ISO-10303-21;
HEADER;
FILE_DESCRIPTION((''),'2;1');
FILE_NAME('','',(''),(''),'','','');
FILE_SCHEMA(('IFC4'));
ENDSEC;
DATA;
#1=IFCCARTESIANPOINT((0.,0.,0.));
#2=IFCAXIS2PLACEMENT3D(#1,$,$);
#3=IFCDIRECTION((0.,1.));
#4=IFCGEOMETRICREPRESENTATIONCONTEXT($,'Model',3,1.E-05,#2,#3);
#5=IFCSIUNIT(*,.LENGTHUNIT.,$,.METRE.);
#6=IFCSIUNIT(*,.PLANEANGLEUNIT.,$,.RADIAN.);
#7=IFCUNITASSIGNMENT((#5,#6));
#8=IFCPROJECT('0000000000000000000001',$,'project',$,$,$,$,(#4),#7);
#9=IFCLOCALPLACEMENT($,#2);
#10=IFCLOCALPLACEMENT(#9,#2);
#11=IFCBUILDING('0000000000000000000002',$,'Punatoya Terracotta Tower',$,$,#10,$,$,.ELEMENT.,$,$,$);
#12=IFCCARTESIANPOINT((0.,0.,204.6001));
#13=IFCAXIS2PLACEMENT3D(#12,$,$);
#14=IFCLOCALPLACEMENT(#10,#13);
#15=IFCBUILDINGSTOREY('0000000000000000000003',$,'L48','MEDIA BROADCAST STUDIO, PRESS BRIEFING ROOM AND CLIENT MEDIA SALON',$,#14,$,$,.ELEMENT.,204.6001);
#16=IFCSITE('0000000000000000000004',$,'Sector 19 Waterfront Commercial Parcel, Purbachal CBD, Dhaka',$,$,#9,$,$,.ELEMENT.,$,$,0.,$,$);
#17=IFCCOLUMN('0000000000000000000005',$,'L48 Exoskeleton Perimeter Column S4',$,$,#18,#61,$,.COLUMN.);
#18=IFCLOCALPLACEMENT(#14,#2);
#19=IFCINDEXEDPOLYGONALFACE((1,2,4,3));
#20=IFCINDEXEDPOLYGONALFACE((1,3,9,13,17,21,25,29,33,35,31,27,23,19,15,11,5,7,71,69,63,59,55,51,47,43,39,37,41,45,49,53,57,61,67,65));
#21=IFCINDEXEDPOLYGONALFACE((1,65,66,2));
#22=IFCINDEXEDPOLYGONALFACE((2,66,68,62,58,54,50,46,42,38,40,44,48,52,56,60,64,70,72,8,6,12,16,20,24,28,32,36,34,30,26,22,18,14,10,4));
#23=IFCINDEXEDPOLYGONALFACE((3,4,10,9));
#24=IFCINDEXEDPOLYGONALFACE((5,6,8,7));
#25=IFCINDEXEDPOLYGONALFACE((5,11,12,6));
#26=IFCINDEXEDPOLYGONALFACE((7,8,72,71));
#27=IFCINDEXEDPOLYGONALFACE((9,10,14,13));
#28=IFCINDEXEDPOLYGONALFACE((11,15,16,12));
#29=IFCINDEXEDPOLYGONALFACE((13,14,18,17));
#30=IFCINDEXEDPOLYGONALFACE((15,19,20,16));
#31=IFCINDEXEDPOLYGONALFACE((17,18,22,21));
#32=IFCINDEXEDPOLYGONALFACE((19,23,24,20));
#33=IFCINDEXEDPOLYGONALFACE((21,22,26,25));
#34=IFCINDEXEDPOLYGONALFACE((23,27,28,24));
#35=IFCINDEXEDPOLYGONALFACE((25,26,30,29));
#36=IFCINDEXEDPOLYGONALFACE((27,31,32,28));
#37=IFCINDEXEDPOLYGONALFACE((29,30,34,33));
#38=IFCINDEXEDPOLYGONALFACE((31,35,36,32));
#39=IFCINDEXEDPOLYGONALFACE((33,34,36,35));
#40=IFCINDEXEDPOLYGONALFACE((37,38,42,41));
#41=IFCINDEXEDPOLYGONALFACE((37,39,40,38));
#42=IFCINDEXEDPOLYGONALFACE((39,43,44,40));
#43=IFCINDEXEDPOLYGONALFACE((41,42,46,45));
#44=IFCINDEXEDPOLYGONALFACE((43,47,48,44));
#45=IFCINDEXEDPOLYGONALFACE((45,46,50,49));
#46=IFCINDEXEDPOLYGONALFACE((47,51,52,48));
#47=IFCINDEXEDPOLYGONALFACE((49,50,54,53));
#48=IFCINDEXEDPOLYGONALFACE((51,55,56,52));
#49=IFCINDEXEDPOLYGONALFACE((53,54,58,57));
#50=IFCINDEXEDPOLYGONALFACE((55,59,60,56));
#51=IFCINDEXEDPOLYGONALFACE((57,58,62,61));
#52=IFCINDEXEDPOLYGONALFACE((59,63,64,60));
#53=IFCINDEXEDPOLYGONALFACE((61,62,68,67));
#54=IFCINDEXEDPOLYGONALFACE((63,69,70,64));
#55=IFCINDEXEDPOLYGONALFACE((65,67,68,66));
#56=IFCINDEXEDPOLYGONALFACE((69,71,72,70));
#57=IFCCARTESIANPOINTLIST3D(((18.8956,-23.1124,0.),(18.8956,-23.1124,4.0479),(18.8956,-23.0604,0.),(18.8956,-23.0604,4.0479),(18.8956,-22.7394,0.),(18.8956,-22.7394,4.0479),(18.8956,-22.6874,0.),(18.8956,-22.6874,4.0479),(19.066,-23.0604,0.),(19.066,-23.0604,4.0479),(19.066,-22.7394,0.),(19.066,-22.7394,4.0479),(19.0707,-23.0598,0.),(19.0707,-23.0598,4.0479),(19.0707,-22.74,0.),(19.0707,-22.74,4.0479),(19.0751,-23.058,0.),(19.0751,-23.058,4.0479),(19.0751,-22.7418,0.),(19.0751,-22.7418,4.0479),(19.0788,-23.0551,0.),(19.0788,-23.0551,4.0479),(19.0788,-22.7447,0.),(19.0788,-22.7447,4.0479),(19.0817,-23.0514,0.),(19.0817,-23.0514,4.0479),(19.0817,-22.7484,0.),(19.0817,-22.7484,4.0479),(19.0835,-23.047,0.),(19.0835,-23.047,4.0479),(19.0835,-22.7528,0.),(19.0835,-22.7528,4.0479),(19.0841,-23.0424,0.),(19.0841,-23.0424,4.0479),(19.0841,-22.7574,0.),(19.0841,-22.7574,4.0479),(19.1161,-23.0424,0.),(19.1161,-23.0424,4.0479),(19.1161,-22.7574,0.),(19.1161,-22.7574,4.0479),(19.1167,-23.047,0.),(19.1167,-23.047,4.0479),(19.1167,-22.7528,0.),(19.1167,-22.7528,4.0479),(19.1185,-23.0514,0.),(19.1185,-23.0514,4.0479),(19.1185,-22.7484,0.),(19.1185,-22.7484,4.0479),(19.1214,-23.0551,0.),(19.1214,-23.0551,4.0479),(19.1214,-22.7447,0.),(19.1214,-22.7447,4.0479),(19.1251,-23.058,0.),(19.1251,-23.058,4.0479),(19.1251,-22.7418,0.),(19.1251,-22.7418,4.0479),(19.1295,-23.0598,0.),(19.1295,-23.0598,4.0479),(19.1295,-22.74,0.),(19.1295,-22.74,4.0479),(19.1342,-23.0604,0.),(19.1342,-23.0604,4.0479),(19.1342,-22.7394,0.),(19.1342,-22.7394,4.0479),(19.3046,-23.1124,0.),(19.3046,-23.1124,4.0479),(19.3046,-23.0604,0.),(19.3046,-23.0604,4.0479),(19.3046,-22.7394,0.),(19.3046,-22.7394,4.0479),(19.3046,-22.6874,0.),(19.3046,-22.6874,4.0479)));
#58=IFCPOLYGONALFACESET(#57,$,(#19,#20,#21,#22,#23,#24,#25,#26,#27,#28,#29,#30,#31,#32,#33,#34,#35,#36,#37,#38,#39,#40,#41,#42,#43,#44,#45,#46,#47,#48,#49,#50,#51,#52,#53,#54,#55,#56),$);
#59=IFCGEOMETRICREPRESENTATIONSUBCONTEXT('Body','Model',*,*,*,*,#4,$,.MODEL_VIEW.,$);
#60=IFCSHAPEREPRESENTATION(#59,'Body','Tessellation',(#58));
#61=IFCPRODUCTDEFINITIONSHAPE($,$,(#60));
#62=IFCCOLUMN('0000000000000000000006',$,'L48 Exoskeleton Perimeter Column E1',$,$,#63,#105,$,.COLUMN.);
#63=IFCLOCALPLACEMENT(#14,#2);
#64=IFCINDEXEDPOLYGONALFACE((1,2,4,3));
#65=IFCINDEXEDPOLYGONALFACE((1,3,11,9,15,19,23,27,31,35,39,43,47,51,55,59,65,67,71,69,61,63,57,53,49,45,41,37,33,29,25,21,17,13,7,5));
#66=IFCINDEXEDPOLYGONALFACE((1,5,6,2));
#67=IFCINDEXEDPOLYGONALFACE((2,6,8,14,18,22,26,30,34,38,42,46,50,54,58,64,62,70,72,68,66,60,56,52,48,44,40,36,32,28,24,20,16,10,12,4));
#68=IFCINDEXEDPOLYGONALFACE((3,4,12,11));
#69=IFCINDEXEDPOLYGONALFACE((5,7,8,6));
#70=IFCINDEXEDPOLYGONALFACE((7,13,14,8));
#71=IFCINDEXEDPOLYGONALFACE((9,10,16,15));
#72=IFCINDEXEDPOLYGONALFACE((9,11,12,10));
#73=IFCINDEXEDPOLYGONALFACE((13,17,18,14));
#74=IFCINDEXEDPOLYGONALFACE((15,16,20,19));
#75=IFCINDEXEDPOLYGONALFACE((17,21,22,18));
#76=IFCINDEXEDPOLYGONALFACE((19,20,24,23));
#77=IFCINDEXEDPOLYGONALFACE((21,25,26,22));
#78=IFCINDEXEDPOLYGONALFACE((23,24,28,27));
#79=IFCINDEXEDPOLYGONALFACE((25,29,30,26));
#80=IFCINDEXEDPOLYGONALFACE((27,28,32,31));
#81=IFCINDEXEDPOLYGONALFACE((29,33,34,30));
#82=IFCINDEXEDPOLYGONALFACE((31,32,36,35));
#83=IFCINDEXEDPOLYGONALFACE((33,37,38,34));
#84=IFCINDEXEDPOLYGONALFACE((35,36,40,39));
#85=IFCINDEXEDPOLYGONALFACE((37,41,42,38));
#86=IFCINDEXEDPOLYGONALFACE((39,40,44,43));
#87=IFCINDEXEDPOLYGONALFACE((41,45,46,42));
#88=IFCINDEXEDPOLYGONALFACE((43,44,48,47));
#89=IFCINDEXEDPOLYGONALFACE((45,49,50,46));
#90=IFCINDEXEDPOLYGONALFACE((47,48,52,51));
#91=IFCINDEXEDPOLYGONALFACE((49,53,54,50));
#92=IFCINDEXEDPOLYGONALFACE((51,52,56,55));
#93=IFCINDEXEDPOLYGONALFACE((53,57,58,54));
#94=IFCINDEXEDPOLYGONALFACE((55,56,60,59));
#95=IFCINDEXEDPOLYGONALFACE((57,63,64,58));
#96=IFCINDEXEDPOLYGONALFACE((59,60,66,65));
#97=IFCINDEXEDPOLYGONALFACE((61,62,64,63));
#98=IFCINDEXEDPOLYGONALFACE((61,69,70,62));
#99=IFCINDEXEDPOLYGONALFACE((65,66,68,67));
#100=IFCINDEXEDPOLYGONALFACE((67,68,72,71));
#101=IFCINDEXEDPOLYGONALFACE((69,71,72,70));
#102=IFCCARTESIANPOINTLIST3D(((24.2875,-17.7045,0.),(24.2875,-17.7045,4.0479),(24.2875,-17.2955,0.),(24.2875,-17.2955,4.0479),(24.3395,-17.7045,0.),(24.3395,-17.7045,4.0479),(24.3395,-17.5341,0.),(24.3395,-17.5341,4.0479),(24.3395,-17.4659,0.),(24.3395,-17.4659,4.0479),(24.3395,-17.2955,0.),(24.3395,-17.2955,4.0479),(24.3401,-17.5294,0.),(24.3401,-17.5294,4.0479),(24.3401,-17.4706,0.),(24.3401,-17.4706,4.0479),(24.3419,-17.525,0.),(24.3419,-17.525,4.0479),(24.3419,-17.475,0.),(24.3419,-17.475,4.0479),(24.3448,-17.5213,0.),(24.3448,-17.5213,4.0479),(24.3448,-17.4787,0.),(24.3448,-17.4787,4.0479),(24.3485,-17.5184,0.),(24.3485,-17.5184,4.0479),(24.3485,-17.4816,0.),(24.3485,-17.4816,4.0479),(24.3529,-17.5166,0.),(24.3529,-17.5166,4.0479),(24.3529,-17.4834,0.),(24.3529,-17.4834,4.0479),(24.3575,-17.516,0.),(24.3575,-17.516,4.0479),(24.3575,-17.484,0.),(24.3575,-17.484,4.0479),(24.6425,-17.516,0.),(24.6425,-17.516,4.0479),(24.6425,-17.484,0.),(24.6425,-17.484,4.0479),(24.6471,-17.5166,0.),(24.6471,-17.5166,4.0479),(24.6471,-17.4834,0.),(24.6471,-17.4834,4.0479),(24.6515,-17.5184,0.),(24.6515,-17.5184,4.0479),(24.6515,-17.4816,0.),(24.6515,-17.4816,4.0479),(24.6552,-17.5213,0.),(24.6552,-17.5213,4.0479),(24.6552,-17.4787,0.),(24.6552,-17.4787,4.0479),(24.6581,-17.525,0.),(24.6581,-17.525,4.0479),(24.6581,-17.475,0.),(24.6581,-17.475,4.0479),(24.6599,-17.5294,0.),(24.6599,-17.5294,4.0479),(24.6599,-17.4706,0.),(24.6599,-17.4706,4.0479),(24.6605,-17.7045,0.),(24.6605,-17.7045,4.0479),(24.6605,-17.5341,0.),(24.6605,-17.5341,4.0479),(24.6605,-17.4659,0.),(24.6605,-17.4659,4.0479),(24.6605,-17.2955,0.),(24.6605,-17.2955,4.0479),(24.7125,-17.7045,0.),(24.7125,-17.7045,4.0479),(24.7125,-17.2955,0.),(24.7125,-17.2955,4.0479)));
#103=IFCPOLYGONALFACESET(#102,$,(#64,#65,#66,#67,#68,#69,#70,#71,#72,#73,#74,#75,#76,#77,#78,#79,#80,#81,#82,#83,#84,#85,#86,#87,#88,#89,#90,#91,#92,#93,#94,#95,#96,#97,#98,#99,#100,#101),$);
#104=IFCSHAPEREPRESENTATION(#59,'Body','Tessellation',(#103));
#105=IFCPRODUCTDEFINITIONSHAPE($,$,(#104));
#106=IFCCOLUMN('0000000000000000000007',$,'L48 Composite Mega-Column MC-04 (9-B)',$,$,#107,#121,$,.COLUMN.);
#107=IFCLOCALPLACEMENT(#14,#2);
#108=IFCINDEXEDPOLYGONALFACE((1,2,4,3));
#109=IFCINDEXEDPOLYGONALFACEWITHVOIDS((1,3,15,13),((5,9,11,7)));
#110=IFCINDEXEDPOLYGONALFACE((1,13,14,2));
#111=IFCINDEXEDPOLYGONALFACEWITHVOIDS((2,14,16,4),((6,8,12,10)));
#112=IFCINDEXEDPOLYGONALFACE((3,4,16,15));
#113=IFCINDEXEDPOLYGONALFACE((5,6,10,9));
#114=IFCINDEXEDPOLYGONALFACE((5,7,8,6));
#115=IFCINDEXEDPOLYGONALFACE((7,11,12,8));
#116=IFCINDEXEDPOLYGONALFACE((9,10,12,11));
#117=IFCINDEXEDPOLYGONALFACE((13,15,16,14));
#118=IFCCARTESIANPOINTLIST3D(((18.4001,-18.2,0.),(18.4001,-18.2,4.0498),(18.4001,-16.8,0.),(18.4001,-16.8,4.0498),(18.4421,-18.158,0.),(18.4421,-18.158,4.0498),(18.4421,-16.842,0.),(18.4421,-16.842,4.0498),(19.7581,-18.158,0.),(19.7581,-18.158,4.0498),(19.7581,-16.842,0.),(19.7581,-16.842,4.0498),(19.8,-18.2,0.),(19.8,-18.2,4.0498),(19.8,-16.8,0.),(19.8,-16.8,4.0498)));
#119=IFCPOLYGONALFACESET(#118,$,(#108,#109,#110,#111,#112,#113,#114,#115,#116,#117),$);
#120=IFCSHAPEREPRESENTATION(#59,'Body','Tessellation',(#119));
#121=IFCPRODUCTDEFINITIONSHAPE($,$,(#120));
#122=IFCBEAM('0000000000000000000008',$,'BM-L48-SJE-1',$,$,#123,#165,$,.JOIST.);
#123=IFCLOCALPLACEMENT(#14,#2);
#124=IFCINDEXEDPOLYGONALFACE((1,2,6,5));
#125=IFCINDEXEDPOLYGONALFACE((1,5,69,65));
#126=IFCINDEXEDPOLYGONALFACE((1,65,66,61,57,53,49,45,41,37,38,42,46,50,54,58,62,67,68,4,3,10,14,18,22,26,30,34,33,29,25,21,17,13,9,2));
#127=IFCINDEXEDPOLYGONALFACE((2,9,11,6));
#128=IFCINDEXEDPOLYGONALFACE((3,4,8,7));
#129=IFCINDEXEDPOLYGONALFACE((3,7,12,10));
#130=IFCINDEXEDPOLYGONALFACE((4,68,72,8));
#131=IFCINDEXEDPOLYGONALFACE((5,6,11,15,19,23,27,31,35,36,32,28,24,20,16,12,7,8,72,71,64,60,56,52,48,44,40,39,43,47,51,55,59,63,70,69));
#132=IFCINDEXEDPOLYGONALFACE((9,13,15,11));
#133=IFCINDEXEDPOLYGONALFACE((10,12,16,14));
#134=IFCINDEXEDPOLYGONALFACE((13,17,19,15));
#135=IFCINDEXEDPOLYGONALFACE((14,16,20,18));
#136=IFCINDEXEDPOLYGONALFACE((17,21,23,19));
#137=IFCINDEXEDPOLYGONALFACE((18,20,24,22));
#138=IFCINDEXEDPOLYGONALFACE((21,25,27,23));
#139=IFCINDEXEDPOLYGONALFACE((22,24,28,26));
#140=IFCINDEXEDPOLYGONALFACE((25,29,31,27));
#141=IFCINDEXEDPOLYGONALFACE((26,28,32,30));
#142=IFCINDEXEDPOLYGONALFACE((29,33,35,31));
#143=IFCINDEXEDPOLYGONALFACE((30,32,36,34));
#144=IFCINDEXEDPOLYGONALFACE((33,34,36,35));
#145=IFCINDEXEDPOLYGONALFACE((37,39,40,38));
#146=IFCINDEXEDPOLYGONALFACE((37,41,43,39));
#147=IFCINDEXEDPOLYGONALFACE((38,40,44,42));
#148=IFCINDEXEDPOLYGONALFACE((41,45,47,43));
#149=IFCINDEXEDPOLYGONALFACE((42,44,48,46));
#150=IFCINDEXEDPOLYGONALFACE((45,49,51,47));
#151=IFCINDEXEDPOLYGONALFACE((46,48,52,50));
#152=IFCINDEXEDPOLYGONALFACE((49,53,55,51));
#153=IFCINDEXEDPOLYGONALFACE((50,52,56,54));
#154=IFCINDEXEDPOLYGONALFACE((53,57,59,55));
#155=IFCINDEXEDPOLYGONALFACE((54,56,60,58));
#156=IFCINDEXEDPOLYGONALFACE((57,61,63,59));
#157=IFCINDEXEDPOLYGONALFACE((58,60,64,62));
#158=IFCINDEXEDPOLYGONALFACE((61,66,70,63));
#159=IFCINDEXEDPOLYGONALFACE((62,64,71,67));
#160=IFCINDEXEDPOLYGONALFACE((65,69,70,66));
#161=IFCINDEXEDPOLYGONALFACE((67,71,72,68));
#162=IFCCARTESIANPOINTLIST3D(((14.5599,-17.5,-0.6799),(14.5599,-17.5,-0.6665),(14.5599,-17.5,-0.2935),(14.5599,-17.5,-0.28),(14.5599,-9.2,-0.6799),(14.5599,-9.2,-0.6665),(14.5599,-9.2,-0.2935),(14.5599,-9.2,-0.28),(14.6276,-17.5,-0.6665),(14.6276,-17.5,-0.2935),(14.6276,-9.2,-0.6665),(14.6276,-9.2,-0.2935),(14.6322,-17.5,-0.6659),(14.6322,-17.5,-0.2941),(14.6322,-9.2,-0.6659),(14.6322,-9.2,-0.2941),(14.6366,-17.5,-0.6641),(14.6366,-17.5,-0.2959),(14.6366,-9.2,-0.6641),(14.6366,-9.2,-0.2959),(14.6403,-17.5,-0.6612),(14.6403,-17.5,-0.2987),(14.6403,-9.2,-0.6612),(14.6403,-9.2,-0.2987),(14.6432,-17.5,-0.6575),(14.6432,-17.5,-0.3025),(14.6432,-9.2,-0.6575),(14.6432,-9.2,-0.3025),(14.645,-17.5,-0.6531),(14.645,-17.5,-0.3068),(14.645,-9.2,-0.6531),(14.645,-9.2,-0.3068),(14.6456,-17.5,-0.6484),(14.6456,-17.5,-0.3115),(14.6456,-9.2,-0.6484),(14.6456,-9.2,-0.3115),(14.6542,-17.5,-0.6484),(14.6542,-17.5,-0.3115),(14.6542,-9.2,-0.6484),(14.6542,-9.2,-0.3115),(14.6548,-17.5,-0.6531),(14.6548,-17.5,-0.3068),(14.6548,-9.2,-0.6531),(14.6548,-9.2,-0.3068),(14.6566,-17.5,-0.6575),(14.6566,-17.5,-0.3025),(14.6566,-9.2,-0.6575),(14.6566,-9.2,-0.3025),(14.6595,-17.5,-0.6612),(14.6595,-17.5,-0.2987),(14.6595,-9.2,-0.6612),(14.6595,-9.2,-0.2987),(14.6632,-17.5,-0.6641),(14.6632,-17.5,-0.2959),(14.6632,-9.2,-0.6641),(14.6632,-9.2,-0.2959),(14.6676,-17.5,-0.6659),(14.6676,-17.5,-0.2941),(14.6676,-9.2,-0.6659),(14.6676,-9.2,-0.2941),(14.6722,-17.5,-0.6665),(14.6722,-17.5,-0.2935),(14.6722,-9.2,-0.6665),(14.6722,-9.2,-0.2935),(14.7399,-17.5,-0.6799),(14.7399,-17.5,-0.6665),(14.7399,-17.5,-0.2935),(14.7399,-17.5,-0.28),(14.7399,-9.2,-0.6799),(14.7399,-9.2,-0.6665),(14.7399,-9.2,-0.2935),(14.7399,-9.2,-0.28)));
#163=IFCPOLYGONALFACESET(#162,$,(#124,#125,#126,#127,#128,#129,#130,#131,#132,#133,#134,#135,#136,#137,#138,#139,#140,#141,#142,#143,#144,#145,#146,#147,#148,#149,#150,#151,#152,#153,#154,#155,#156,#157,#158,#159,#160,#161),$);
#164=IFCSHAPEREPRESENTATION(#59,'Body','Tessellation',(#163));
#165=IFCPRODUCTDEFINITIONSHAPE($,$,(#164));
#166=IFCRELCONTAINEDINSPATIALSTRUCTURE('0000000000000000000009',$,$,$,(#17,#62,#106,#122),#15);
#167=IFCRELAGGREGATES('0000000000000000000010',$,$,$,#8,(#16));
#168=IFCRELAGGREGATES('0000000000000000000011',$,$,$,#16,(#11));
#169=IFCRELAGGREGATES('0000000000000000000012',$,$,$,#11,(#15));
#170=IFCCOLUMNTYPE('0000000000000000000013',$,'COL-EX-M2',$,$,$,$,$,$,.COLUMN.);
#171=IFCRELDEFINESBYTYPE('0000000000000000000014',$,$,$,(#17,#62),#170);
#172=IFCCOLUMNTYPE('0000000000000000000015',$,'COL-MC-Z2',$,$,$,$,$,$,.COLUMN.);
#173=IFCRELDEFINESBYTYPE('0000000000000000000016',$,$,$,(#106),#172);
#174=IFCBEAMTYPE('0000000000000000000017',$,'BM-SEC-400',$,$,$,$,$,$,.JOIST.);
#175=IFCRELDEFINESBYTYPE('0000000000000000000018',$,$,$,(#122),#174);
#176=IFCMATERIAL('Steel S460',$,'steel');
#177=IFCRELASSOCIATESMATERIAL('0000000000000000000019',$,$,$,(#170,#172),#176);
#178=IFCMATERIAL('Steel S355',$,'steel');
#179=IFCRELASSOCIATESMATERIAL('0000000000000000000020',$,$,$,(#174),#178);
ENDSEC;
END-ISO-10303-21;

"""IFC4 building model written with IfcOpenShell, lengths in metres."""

from ifc_helpers import new_model, si_unit, direction, frame, origin, origin_2d, place, context, subcontext, project, spatial, hollow_rectangle, i_section, extrude, material, material_profile, profile_set, type_object, element, save


model = new_model("IFC4")

# Units and contexts
model_context = context("Model", 3, precision=1e-05, world=origin(), true_north=direction((0.0, 1.0)))
body_context = subcontext(model_context, "Body", "Model", "MODEL_VIEW")
ifc_project = project(units=[si_unit("LENGTHUNIT", "METRE"), si_unit("PLANEANGLEUNIT", "RADIAN")], contexts=[model_context])

# Site, building, storey
site_placement = place(None, origin())
site = spatial("IfcSite", under=ifc_project, at=site_placement, Name="Sector 19 Waterfront Commercial Parcel, Purbachal CBD, Dhaka", CompositionType="ELEMENT", RefElevation=0.0)
building_placement = place(site_placement, origin())
building = spatial("IfcBuilding", under=site, at=building_placement, Name="Punatoya Terracotta Tower", CompositionType="ELEMENT")
storey_placement = place(building_placement, frame((0.0, 0.0, 204.6001)))
storey = spatial("IfcBuildingStorey", under=building, at=storey_placement, Name="L48", Description="MEDIA BROADCAST STUDIO, PRESS BRIEFING ROOM AND CLIENT MEDIA SALON", CompositionType="ELEMENT", Elevation=204.6001)

# Columns
ifc_material_1 = material(Name="Steel S460", Category="steel")
ifc_material_profile_1 = material_profile(ifc_material_1, i_section(OverallWidth=0.4089, OverallDepth=0.425, WebThickness=0.032, FlangeThickness=0.052, FilletRadius=0.0181, at=origin_2d()))
ifc_profile_set_1 = profile_set([ifc_material_profile_1], Name="Steel S460")
column_type_1 = type_object("IfcColumnType", Name="COL-EX-M2", PredefinedType="COLUMN", material=ifc_profile_set_1)
for number, where, z_axis, x_axis, name in (
    (1, (19.1001, -22.8999, 0.0), (0.0, 0.0, 1.0), (1.0, 0.0, 0.0), "L48 Exoskeleton Perimeter Column S4"),
    (2, (24.5, -17.5, 0.0), (0.0, 0.0, 1.0), (0.0, 1.0, 0.0), "L48 Exoskeleton Perimeter Column E1"),
):
    element("IfcColumn", number, at=place(storey_placement, frame(where, z_axis=z_axis, x_axis=x_axis)), inside=storey, type_object=column_type_1, Name=name, PredefinedType="COLUMN", context=body_context, shape_type="SweptSolid", body=[
        extrude(i_section(OverallWidth=0.4089, OverallDepth=0.425, WebThickness=0.032, FlangeThickness=0.052, FilletRadius=0.0181, at=origin_2d()), origin(), (0.0, 0.0, 1.0), 4.0479),
    ])
ifc_material_profile_2 = material_profile(ifc_material_1, hollow_rectangle(XDim=1.3999, YDim=1.3999, WallThickness=0.042, at=origin_2d()))
ifc_profile_set_2 = profile_set([ifc_material_profile_2], Name="Steel S460")
column_type_2 = type_object("IfcColumnType", Name="COL-MC-Z2", PredefinedType="COLUMN", material=ifc_profile_set_2)
column_placement = place(storey_placement, frame((19.1001, -17.5, 0.0), z_axis=(0.0, 0.0, 1.0), x_axis=(1.0, 0.0, 0.0)))
element("IfcColumn", 3, at=column_placement, inside=storey, type_object=column_type_2, Name="L48 Composite Mega-Column MC-04 (9-B)", PredefinedType="COLUMN", context=body_context, shape_type="SweptSolid", body=[
    extrude(hollow_rectangle(XDim=1.3999, YDim=1.3999, WallThickness=0.042, at=origin_2d()), origin(), (0.0, 0.0, 1.0), 4.0498),
])

# Beam
ifc_material_2 = material(Name="Steel S355", Category="steel")
ifc_material_profile_3 = material_profile(ifc_material_2, i_section(OverallWidth=0.1799, OverallDepth=0.3999, WebThickness=0.0085, FlangeThickness=0.0134, FilletRadius=0.0181, at=origin_2d()))
ifc_profile_set_3 = profile_set([ifc_material_profile_3], Name="Steel S355")
beam_type_1 = type_object("IfcBeamType", Name="BM-SEC-400", PredefinedType="JOIST", material=ifc_profile_set_3)
beam_1_placement = place(storey_placement, frame((14.6499, -17.5, -0.48), z_axis=(0.0, 1.0, 0.0), x_axis=(-1.0, 0.0, 0.0)))
element("IfcBeam", 4, at=beam_1_placement, inside=storey, type_object=beam_type_1, Name="BM-L48-SJE-1", PredefinedType="JOIST", context=body_context, shape_type="SweptSolid", body=[
    extrude(i_section(OverallWidth=0.1799, OverallDepth=0.3999, WebThickness=0.0085, FlangeThickness=0.0134, FilletRadius=0.0181, at=origin_2d()), origin(), (0.0, 0.0, 1.0), 8.3),
])

save(model, "model.ifc")
